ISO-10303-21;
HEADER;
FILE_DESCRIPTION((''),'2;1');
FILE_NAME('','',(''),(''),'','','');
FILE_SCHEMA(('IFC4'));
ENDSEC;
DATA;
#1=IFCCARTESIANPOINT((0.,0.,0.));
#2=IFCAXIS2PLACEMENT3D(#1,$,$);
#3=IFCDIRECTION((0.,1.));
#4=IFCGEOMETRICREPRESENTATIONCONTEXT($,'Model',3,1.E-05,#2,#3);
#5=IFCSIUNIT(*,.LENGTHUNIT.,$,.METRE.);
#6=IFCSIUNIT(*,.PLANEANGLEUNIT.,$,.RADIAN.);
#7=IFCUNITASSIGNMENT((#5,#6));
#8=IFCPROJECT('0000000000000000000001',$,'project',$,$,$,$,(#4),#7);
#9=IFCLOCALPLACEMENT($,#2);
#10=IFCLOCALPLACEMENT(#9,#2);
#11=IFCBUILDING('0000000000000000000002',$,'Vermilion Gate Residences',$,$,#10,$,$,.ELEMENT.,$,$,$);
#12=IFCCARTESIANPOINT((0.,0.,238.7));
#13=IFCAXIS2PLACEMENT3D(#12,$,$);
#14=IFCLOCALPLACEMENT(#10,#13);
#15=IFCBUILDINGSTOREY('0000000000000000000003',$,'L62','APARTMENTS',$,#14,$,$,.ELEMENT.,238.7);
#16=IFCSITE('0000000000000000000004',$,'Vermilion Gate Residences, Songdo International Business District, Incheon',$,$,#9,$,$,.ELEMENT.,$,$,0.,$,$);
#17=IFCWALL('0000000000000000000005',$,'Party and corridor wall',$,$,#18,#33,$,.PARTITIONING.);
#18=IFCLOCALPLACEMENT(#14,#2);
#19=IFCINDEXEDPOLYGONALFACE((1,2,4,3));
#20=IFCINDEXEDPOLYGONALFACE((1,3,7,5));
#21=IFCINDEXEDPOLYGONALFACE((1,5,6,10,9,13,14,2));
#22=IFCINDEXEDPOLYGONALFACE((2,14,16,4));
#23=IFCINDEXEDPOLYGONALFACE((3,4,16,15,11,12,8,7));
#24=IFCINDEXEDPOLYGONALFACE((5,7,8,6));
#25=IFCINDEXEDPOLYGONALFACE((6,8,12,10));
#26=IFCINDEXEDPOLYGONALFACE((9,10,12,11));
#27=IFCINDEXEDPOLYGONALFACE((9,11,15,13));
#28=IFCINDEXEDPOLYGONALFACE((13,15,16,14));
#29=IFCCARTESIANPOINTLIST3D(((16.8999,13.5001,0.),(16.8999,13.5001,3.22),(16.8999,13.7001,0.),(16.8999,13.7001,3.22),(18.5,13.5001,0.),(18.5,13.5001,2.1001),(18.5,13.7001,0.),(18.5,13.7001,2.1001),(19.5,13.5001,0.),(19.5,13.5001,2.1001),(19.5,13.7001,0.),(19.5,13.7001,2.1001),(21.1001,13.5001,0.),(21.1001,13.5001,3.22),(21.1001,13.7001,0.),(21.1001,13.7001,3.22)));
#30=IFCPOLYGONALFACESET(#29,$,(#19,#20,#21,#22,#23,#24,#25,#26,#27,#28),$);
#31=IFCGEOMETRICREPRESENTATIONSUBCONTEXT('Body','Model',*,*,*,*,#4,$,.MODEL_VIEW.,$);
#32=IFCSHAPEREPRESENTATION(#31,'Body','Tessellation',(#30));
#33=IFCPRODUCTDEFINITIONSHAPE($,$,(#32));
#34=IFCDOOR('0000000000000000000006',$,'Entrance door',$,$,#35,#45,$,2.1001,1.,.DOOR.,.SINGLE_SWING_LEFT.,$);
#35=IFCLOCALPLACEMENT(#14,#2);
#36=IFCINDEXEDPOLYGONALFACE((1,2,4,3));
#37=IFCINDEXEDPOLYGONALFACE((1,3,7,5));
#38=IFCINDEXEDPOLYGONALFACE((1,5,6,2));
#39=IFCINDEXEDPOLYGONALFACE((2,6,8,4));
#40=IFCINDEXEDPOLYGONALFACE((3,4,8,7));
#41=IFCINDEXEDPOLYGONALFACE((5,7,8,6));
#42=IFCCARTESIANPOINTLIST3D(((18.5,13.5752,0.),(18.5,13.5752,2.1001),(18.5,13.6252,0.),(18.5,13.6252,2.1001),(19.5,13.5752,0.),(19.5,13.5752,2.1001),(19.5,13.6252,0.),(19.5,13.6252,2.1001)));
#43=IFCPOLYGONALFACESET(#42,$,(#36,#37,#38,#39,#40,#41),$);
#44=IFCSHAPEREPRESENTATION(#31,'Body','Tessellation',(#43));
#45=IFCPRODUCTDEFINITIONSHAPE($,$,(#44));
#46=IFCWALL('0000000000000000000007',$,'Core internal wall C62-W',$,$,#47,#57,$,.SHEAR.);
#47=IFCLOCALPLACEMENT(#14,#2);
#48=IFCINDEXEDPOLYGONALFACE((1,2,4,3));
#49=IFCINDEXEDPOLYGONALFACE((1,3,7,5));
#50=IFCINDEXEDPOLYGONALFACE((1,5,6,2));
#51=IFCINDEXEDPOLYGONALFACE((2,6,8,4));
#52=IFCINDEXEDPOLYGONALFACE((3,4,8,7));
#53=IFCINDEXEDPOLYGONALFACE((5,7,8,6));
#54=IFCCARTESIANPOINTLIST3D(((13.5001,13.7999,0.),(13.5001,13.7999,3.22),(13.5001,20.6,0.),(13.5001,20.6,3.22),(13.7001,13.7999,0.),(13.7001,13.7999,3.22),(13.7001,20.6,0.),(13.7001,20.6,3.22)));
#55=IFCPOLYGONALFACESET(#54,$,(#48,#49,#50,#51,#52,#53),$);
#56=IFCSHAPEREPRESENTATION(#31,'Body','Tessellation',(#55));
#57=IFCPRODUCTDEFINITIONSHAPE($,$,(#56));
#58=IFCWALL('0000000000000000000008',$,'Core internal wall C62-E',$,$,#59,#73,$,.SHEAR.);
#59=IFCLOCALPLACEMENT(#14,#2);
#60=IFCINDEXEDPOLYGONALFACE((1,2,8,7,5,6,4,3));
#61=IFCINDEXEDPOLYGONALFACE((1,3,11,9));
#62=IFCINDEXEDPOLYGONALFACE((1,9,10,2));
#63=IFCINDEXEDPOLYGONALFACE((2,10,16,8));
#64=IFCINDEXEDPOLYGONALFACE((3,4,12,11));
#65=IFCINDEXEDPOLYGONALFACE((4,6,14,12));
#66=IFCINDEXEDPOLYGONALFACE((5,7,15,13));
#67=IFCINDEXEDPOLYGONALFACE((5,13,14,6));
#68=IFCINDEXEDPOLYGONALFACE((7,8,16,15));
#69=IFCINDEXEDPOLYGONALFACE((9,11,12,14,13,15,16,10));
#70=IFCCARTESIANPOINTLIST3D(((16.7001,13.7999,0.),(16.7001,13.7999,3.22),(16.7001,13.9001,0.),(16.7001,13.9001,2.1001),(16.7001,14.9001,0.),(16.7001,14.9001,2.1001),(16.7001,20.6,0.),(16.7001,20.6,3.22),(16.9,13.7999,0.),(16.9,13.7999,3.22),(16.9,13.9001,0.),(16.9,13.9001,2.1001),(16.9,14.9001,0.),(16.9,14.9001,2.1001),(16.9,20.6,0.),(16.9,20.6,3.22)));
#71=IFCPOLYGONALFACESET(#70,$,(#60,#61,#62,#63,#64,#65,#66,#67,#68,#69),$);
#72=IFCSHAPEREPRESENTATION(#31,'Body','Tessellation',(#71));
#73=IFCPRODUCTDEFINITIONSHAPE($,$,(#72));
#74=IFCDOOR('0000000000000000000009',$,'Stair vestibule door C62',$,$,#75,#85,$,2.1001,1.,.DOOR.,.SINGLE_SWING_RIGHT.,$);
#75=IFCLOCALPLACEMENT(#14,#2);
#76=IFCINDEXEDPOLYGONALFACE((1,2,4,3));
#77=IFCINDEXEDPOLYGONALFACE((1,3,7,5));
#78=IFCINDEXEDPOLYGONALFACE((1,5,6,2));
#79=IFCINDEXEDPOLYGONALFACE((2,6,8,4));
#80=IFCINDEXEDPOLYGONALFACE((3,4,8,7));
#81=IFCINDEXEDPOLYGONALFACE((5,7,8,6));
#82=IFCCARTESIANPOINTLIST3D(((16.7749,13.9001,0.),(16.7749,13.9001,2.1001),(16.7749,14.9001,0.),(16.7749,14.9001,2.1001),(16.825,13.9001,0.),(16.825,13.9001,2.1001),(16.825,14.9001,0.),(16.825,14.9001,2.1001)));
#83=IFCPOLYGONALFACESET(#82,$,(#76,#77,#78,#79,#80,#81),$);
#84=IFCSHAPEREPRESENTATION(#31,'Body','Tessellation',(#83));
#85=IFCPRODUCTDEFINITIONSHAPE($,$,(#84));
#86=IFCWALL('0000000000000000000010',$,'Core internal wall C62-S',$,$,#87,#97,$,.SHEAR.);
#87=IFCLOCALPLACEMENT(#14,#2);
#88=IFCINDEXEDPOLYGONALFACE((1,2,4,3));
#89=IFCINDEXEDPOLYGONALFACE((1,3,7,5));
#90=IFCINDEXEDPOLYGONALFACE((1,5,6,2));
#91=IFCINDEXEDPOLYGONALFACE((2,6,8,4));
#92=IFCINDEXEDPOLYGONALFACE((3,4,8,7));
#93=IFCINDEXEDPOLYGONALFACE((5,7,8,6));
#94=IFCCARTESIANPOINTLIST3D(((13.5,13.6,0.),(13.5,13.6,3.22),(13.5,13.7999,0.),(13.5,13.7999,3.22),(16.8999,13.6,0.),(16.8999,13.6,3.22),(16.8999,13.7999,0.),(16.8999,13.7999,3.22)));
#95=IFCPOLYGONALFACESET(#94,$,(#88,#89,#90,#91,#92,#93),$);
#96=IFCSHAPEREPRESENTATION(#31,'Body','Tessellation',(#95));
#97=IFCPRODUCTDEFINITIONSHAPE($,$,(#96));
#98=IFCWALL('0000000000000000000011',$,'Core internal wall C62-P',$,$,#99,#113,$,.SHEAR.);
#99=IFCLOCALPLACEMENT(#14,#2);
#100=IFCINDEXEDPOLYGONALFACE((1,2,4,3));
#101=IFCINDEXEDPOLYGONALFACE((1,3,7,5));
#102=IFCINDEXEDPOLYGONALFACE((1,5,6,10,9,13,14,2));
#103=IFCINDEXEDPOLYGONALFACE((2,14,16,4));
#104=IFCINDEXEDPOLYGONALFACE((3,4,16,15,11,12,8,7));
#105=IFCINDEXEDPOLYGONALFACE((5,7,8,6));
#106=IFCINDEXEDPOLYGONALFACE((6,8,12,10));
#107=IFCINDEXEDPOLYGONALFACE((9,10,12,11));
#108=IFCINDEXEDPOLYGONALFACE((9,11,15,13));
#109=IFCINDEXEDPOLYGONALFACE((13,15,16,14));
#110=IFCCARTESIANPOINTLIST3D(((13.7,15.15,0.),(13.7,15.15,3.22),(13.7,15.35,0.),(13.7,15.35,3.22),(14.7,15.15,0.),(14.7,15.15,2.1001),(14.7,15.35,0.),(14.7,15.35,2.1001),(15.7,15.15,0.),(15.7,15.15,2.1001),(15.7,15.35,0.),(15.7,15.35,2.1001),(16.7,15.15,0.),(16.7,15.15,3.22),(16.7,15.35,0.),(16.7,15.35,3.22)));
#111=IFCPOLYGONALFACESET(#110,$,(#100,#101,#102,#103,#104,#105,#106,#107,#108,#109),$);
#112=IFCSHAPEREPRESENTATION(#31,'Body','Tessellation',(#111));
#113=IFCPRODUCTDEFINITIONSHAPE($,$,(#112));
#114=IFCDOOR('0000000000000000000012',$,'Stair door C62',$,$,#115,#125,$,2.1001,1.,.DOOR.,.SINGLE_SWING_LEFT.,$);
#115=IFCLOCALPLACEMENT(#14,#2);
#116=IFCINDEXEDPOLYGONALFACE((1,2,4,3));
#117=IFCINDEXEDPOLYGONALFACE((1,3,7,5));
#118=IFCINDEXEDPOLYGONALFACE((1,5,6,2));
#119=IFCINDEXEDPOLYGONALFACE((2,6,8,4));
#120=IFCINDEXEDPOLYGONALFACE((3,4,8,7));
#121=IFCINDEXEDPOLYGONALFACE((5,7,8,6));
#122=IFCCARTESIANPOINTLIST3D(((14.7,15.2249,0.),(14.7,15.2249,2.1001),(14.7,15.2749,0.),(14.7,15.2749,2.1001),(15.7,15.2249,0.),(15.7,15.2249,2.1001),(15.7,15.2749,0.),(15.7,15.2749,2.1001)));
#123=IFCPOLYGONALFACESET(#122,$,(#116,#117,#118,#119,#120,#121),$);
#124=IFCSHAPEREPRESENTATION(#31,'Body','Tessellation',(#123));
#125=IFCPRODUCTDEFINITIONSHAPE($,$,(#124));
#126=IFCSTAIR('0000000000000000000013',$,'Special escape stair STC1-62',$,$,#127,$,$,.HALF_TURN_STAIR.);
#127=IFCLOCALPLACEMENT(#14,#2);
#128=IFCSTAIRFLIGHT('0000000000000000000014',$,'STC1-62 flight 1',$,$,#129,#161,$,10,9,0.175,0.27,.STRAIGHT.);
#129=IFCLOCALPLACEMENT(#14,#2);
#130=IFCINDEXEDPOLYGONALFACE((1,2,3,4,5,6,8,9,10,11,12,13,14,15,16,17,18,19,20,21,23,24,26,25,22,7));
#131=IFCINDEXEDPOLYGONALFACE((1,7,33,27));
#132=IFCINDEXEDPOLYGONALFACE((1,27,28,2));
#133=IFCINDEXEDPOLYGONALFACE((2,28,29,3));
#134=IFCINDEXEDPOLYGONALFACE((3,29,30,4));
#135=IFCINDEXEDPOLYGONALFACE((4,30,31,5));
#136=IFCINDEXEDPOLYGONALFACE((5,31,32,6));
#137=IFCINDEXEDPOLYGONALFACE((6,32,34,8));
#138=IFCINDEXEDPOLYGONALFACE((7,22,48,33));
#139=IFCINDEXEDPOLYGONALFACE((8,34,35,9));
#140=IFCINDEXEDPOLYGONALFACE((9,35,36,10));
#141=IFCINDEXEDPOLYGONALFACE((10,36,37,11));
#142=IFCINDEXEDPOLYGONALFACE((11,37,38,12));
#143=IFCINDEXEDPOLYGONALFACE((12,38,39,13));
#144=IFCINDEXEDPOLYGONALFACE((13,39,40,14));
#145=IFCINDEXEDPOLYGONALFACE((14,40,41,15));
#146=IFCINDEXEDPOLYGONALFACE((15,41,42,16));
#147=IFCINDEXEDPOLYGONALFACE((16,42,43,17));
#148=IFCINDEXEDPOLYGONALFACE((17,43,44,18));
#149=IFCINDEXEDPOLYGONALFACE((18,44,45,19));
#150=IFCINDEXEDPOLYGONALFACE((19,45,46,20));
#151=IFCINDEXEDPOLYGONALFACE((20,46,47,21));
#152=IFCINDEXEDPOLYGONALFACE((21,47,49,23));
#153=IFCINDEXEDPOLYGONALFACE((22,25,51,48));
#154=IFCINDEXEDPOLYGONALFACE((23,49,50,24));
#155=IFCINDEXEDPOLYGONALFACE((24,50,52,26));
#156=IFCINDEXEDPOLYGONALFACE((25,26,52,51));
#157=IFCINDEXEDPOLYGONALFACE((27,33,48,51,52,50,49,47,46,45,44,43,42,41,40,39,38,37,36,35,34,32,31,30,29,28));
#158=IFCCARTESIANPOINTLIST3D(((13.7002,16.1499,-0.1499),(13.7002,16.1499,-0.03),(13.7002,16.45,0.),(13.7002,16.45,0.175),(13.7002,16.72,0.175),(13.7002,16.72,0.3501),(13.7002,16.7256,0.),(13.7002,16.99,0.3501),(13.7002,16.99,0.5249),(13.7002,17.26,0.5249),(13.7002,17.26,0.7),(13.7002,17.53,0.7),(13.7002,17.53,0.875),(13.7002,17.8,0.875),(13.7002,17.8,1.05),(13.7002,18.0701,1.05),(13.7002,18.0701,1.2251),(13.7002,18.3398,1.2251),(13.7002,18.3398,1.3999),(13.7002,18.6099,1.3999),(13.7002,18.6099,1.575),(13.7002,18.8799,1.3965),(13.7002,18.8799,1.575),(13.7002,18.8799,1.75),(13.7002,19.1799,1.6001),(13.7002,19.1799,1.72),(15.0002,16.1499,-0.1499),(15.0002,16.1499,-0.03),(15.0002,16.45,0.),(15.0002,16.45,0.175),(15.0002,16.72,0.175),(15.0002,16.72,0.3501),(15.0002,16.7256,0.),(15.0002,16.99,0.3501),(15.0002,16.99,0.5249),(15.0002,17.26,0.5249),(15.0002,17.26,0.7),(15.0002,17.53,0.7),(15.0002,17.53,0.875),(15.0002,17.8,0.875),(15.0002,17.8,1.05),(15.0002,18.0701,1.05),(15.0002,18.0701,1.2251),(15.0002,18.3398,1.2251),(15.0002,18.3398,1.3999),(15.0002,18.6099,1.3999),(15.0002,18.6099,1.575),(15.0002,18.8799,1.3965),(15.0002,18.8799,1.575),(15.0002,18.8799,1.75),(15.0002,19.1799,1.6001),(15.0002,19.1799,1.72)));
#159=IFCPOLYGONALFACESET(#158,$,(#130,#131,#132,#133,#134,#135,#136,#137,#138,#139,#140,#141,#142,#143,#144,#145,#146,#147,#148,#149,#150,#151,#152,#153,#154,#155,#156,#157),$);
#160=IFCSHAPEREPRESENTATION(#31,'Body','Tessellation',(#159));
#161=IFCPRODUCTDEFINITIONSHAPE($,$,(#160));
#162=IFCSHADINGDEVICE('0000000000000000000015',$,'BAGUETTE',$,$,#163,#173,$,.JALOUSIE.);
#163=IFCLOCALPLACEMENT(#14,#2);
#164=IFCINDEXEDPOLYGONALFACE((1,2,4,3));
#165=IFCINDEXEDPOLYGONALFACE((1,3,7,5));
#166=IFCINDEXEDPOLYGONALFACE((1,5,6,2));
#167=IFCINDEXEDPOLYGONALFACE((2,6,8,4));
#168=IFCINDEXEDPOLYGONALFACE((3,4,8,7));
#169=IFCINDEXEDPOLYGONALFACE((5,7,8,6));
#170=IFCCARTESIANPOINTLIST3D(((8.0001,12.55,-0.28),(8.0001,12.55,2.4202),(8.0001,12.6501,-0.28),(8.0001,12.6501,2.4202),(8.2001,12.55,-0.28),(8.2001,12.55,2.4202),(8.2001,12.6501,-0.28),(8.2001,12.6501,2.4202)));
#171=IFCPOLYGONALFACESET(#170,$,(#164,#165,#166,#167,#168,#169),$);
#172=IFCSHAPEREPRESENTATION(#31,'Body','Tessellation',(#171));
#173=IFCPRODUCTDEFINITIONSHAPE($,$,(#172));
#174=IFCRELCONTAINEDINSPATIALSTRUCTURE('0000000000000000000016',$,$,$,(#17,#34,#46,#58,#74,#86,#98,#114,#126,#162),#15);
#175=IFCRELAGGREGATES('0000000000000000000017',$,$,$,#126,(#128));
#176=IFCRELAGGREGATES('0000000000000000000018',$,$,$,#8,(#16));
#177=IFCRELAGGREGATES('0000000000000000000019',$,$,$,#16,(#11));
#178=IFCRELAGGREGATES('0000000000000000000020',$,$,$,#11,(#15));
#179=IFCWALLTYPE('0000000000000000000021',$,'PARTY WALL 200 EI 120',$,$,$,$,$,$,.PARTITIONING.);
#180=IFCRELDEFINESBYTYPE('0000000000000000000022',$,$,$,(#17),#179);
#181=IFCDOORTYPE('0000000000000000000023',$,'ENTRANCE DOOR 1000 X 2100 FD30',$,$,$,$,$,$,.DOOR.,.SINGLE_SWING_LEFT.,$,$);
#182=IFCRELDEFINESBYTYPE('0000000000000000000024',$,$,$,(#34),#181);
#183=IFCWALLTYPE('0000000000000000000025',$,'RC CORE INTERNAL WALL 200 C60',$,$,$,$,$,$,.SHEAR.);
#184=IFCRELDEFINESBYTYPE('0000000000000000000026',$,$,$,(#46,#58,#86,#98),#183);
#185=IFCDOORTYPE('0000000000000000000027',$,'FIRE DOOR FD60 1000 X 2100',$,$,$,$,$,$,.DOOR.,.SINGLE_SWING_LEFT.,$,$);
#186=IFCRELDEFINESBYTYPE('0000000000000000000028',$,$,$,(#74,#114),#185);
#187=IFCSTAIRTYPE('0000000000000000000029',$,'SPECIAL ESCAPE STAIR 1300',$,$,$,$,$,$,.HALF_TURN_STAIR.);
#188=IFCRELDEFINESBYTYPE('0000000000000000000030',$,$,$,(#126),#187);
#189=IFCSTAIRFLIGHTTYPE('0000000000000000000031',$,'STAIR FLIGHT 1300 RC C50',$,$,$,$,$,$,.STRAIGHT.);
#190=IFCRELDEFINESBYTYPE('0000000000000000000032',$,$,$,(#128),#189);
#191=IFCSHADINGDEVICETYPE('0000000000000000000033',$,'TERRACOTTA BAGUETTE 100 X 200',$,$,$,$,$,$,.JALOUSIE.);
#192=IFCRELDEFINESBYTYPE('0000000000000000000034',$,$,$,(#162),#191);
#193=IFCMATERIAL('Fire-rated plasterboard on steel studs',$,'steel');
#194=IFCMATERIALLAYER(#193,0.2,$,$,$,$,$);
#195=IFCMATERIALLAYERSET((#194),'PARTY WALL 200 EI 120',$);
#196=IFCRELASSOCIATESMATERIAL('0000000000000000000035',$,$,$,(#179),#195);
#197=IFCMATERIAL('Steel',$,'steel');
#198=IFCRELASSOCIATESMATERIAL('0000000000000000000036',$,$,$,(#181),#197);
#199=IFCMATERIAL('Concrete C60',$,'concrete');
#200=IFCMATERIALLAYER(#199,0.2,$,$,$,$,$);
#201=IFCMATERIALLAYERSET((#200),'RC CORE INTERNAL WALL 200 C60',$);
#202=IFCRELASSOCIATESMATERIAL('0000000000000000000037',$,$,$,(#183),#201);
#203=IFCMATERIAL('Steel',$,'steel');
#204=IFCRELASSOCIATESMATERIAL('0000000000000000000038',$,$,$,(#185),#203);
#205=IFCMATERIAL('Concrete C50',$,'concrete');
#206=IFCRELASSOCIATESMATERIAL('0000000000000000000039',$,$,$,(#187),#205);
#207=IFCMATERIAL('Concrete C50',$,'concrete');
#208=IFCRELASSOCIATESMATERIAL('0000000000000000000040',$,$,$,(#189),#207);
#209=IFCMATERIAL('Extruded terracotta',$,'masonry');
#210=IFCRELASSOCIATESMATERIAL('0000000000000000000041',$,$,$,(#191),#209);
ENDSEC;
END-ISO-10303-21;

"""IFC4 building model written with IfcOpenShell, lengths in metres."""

from ifc_helpers import new_model, si_unit, direction, frame, frame_2d, origin, origin_2d, place, context, subcontext, project, spatial, polyline, rectangle, outline, extrude, material, layer, layer_set, material_profile, profile_set, type_object, element, fill, aggregate, save


model = new_model("IFC4")

# Units and contexts
model_context = context("Model", 3, precision=1e-05, world=origin(), true_north=direction((0.0, 1.0)))
body_context = subcontext(model_context, "Body", "Model", "MODEL_VIEW")
ifc_project = project(units=[si_unit("LENGTHUNIT", "METRE"), si_unit("PLANEANGLEUNIT", "RADIAN")], contexts=[model_context])

# Site, building, storey
site_placement = place(None, origin())
site = spatial("IfcSite", under=ifc_project, at=site_placement, Name="Vermilion Gate Residences, Songdo International Business District, Incheon", CompositionType="ELEMENT", RefElevation=0.0)
building_placement = place(site_placement, origin())
building = spatial("IfcBuilding", under=site, at=building_placement, Name="Vermilion Gate Residences", CompositionType="ELEMENT")
storey_placement = place(building_placement, frame((0.0, 0.0, 238.7)))
storey = spatial("IfcBuildingStorey", under=building, at=storey_placement, Name="L62", Description="APARTMENTS", CompositionType="ELEMENT", Elevation=238.7)

# Wall, opening, door
ifc_material_1 = material(Name="Fire-rated plasterboard on steel studs", Category="steel")
ifc_layer_1 = layer(ifc_material_1, 0.2)
ifc_layer_set_1 = layer_set([ifc_layer_1], Name="PARTY WALL 200 EI 120")
wall_type_1 = type_object("IfcWallType", Name="PARTY WALL 200 EI 120", PredefinedType="PARTITIONING", material=ifc_layer_set_1)
wall_1_placement = place(storey_placement, frame((16.8999, 13.6001, 0.0), z_axis=(0.0, 0.0, 1.0), x_axis=(1.0, 0.0, 0.0)))
wall_1 = element("IfcWall", 1, at=wall_1_placement, inside=storey, type_object=wall_type_1, Name="Party and corridor wall", PredefinedType="PARTITIONING", context=body_context, shape_type="SweptSolid", body=[
    extrude(rectangle(XDim=4.2002, YDim=0.2, at=frame_2d((2.1001, 0.0))), origin(), (0.0, 0.0, 1.0), 3.22),
])
opening_1_placement = place(wall_1_placement, frame((1.6001, 0.0, 0.0)))
opening_1 = element("IfcOpeningElement", 2, at=opening_1_placement, cuts=wall_1, PredefinedType="OPENING", context=body_context, shape_type="SweptSolid", body=[
    extrude(rectangle(XDim=1.0, YDim=2.1001, at=frame_2d((0.5, 1.05))), frame((0.0, 0.1099, 0.0), z_axis=(0.0, -1.0, 0.0), x_axis=(1.0, 0.0, 0.0)), (0.0, 0.0, 1.0), 0.22),
])
ifc_material_2 = material(Name="Steel", Category="steel")
door_type_1 = type_object("IfcDoorType", Name="ENTRANCE DOOR 1000 X 2100 FD30", OperationType="SINGLE_SWING_LEFT", PredefinedType="DOOR", material=ifc_material_2)
door_1_placement = place(opening_1_placement, frame((1.0, 0.0, 0.0), z_axis=(0.0, 0.0, 1.0), x_axis=(-1.0, 0.0, 0.0)))
door_1 = element("IfcDoor", 3, at=door_1_placement, inside=storey, type_object=door_type_1, Name="Entrance door", OperationType="SINGLE_SWING_LEFT", OverallHeight=2.1001, OverallWidth=1.0, PredefinedType="DOOR", context=body_context, shape_type="SweptSolid", body=[
    extrude(rectangle(XDim=1.0, YDim=2.1001, at=frame_2d((0.5, 1.05))), frame((0.0, 0.0249, 0.0), z_axis=(0.0, -1.0, 0.0), x_axis=(1.0, 0.0, 0.0)), (0.0, 0.0, 1.0), 0.05),
])
fill(opening_1, door_1)

# Wall
ifc_material_3 = material(Name="Concrete C60", Category="concrete")
ifc_layer_2 = layer(ifc_material_3, 0.2)
ifc_layer_set_2 = layer_set([ifc_layer_2], Name="RC CORE INTERNAL WALL 200 C60")
wall_type_2 = type_object("IfcWallType", Name="RC CORE INTERNAL WALL 200 C60", PredefinedType="SHEAR", material=ifc_layer_set_2)
wall_2_placement = place(storey_placement, frame((13.6001, 13.8, 0.0), z_axis=(0.0, 0.0, 1.0), x_axis=(0.0, 1.0, 0.0)))
element("IfcWall", 4, at=wall_2_placement, inside=storey, type_object=wall_type_2, Name="Core internal wall C62-W", PredefinedType="SHEAR", context=body_context, shape_type="SweptSolid", body=[
    extrude(rectangle(XDim=6.8, YDim=0.2, at=frame_2d((3.3999, 0.0))), origin(), (0.0, 0.0, 1.0), 3.22),
])

# Wall, opening, door
wall_3_placement = place(storey_placement, frame((16.8, 13.8, 0.0), z_axis=(0.0, 0.0, 1.0), x_axis=(0.0, 1.0, 0.0)))
wall_3 = element("IfcWall", 5, at=wall_3_placement, inside=storey, type_object=wall_type_2, Name="Core internal wall C62-E", PredefinedType="SHEAR", context=body_context, shape_type="SweptSolid", body=[
    extrude(rectangle(XDim=6.8, YDim=0.2, at=frame_2d((3.3999, 0.0))), origin(), (0.0, 0.0, 1.0), 3.22),
])
opening_2_placement = place(wall_3_placement, frame((0.1001, 0.0, 0.0)))
opening_2 = element("IfcOpeningElement", 6, at=opening_2_placement, cuts=wall_3, PredefinedType="OPENING", context=body_context, shape_type="SweptSolid", body=[
    extrude(rectangle(XDim=1.0, YDim=2.1001, at=frame_2d((0.5, 1.05))), frame((0.0, 0.1099, 0.0), z_axis=(0.0, -1.0, 0.0), x_axis=(1.0, 0.0, 0.0)), (0.0, 0.0, 1.0), 0.22),
])
ifc_material_4 = material(Name="Steel", Category="steel")
door_type_2 = type_object("IfcDoorType", Name="FIRE DOOR FD60 1000 X 2100", OperationType="SINGLE_SWING_LEFT", PredefinedType="DOOR", material=ifc_material_4)
door_2_placement = place(opening_2_placement, frame((1.0, 0.0, 0.0), z_axis=(0.0, 0.0, 1.0), x_axis=(-1.0, 0.0, 0.0)))
door_2 = element("IfcDoor", 7, at=door_2_placement, inside=storey, type_object=door_type_2, Name="Stair vestibule door C62", OperationType="SINGLE_SWING_RIGHT", OverallHeight=2.1001, OverallWidth=1.0, PredefinedType="DOOR", context=body_context, shape_type="SweptSolid", body=[
    extrude(rectangle(XDim=1.0, YDim=2.1001, at=frame_2d((0.5, 1.05))), frame((0.0, 0.0249, 0.0), z_axis=(0.0, -1.0, 0.0), x_axis=(1.0, 0.0, 0.0)), (0.0, 0.0, 1.0), 0.05),
])
fill(opening_2, door_2)

# Wall
wall_4_placement = place(storey_placement, frame((13.5, 13.7, 0.0), z_axis=(0.0, 0.0, 1.0), x_axis=(1.0, 0.0, 0.0)))
element("IfcWall", 8, at=wall_4_placement, inside=storey, type_object=wall_type_2, Name="Core internal wall C62-S", PredefinedType="SHEAR", context=body_context, shape_type="SweptSolid", body=[
    extrude(rectangle(XDim=3.3999, YDim=0.2, at=frame_2d((1.7, 0.0))), origin(), (0.0, 0.0, 1.0), 3.22),
])

# Wall, opening, door
wall_5_placement = place(storey_placement, frame((13.7, 15.25, 0.0), z_axis=(0.0, 0.0, 1.0), x_axis=(1.0, 0.0, 0.0)))
wall_5 = element("IfcWall", 9, at=wall_5_placement, inside=storey, type_object=wall_type_2, Name="Core internal wall C62-P", PredefinedType="SHEAR", context=body_context, shape_type="SweptSolid", body=[
    extrude(rectangle(XDim=3.0, YDim=0.2, at=frame_2d((1.5, 0.0))), origin(), (0.0, 0.0, 1.0), 3.22),
])
opening_3_placement = place(wall_5_placement, frame((1.0, 0.0, 0.0)))
opening_3 = element("IfcOpeningElement", 10, at=opening_3_placement, cuts=wall_5, PredefinedType="OPENING", context=body_context, shape_type="SweptSolid", body=[
    extrude(rectangle(XDim=1.0, YDim=2.1001, at=frame_2d((0.5, 1.05))), frame((0.0, 0.1099, 0.0), z_axis=(0.0, -1.0, 0.0), x_axis=(1.0, 0.0, 0.0)), (0.0, 0.0, 1.0), 0.22),
])
door_3_placement = place(opening_3_placement, origin())
door_3 = element("IfcDoor", 11, at=door_3_placement, inside=storey, type_object=door_type_2, Name="Stair door C62", OperationType="SINGLE_SWING_LEFT", OverallHeight=2.1001, OverallWidth=1.0, PredefinedType="DOOR", context=body_context, shape_type="SweptSolid", body=[
    extrude(rectangle(XDim=1.0, YDim=2.1001, at=frame_2d((0.5, 1.05))), frame((0.0, 0.0249, 0.0), z_axis=(0.0, -1.0, 0.0), x_axis=(1.0, 0.0, 0.0)), (0.0, 0.0, 1.0), 0.05),
])
fill(opening_3, door_3)

# Stair, stair flight
ifc_material_5 = material(Name="Concrete C50", Category="concrete")
stair_type = type_object("IfcStairType", Name="SPECIAL ESCAPE STAIR 1300", PredefinedType="HALF_TURN_STAIR", material=ifc_material_5)
stair_placement = place(storey_placement, origin())
stair = element("IfcStair", 12, at=stair_placement, inside=storey, type_object=stair_type, Name="Special escape stair STC1-62", PredefinedType="HALF_TURN_STAIR")
ifc_material_6 = material(Name="Concrete C50", Category="concrete")
stair_flight_type = type_object("IfcStairFlightType", Name="STAIR FLIGHT 1300 RC C50", PredefinedType="STRAIGHT", material=ifc_material_6)
stair_flight_placement = place(storey_placement, frame((14.3501, 16.45, 0.0), z_axis=(0.0, 0.0, 1.0), x_axis=(0.0, 1.0, 0.0)))
stair_flight = element("IfcStairFlight", 13, at=stair_flight_placement, type_object=stair_flight_type, Name="STC1-62 flight 1", NumberOfRisers=10, NumberOfTreads=9, PredefinedType="STRAIGHT", RiserHeight=0.175, TreadLength=0.27, context=body_context, shape_type="SweptSolid", body=[
    extrude(outline(polyline([(-0.3, -0.1499), (-0.3, -0.03), (0.0, 0.0), (0.0, 0.175), (0.27, 0.175), (0.27, 0.3501), (0.54, 0.3501), (0.54, 0.5249), (0.8101, 0.5249), (0.8101, 0.7), (1.0801, 0.7), (1.0801, 0.875), (1.3501, 0.875), (1.3501, 1.05), (1.6201, 1.05), (1.6201, 1.2251), (1.8899, 1.2251), (1.8899, 1.3999), (2.1599, 1.3999), (2.1599, 1.575), (2.4299, 1.575), (2.4299, 1.75), (2.73, 1.72), (2.73, 1.6001), (2.4299, 1.3965), (0.2756, 0.0), (-0.3, -0.1499)])), frame((0.0, 0.6499, 0.0), z_axis=(0.0, -1.0, 0.0), x_axis=(1.0, 0.0, 0.0)), (0.0, 0.0, 1.0), 1.3),
])
aggregate(stair, [stair_flight])

# Shading device
ifc_material_7 = material(Name="Extruded terracotta", Category="masonry")
ifc_material_profile_1 = material_profile(ifc_material_7, rectangle(XDim=0.2, YDim=0.1001, at=origin_2d()), Name="BAGUETTE 100 X 200")
ifc_profile_set_1 = profile_set([ifc_material_profile_1], Name="Extruded terracotta")
shading_device_type = type_object("IfcShadingDeviceType", Name="TERRACOTTA BAGUETTE 100 X 200", PredefinedType="JALOUSIE", material=ifc_profile_set_1)
shading_device_placement = place(storey_placement, frame((8.1001, 12.6001, -0.28), z_axis=(0.0, 0.0, 1.0), x_axis=(1.0, 0.0, 0.0)))
element("IfcShadingDevice", 14, at=shading_device_placement, inside=storey, type_object=shading_device_type, Name="BAGUETTE", PredefinedType="JALOUSIE", context=body_context, shape_type="SweptSolid", body=[
    extrude(rectangle(XDim=0.2, YDim=0.1001, at=origin_2d()), origin(), (0.0, 0.0, 1.0), 2.7002),
])

save(model, "model.ifc")
